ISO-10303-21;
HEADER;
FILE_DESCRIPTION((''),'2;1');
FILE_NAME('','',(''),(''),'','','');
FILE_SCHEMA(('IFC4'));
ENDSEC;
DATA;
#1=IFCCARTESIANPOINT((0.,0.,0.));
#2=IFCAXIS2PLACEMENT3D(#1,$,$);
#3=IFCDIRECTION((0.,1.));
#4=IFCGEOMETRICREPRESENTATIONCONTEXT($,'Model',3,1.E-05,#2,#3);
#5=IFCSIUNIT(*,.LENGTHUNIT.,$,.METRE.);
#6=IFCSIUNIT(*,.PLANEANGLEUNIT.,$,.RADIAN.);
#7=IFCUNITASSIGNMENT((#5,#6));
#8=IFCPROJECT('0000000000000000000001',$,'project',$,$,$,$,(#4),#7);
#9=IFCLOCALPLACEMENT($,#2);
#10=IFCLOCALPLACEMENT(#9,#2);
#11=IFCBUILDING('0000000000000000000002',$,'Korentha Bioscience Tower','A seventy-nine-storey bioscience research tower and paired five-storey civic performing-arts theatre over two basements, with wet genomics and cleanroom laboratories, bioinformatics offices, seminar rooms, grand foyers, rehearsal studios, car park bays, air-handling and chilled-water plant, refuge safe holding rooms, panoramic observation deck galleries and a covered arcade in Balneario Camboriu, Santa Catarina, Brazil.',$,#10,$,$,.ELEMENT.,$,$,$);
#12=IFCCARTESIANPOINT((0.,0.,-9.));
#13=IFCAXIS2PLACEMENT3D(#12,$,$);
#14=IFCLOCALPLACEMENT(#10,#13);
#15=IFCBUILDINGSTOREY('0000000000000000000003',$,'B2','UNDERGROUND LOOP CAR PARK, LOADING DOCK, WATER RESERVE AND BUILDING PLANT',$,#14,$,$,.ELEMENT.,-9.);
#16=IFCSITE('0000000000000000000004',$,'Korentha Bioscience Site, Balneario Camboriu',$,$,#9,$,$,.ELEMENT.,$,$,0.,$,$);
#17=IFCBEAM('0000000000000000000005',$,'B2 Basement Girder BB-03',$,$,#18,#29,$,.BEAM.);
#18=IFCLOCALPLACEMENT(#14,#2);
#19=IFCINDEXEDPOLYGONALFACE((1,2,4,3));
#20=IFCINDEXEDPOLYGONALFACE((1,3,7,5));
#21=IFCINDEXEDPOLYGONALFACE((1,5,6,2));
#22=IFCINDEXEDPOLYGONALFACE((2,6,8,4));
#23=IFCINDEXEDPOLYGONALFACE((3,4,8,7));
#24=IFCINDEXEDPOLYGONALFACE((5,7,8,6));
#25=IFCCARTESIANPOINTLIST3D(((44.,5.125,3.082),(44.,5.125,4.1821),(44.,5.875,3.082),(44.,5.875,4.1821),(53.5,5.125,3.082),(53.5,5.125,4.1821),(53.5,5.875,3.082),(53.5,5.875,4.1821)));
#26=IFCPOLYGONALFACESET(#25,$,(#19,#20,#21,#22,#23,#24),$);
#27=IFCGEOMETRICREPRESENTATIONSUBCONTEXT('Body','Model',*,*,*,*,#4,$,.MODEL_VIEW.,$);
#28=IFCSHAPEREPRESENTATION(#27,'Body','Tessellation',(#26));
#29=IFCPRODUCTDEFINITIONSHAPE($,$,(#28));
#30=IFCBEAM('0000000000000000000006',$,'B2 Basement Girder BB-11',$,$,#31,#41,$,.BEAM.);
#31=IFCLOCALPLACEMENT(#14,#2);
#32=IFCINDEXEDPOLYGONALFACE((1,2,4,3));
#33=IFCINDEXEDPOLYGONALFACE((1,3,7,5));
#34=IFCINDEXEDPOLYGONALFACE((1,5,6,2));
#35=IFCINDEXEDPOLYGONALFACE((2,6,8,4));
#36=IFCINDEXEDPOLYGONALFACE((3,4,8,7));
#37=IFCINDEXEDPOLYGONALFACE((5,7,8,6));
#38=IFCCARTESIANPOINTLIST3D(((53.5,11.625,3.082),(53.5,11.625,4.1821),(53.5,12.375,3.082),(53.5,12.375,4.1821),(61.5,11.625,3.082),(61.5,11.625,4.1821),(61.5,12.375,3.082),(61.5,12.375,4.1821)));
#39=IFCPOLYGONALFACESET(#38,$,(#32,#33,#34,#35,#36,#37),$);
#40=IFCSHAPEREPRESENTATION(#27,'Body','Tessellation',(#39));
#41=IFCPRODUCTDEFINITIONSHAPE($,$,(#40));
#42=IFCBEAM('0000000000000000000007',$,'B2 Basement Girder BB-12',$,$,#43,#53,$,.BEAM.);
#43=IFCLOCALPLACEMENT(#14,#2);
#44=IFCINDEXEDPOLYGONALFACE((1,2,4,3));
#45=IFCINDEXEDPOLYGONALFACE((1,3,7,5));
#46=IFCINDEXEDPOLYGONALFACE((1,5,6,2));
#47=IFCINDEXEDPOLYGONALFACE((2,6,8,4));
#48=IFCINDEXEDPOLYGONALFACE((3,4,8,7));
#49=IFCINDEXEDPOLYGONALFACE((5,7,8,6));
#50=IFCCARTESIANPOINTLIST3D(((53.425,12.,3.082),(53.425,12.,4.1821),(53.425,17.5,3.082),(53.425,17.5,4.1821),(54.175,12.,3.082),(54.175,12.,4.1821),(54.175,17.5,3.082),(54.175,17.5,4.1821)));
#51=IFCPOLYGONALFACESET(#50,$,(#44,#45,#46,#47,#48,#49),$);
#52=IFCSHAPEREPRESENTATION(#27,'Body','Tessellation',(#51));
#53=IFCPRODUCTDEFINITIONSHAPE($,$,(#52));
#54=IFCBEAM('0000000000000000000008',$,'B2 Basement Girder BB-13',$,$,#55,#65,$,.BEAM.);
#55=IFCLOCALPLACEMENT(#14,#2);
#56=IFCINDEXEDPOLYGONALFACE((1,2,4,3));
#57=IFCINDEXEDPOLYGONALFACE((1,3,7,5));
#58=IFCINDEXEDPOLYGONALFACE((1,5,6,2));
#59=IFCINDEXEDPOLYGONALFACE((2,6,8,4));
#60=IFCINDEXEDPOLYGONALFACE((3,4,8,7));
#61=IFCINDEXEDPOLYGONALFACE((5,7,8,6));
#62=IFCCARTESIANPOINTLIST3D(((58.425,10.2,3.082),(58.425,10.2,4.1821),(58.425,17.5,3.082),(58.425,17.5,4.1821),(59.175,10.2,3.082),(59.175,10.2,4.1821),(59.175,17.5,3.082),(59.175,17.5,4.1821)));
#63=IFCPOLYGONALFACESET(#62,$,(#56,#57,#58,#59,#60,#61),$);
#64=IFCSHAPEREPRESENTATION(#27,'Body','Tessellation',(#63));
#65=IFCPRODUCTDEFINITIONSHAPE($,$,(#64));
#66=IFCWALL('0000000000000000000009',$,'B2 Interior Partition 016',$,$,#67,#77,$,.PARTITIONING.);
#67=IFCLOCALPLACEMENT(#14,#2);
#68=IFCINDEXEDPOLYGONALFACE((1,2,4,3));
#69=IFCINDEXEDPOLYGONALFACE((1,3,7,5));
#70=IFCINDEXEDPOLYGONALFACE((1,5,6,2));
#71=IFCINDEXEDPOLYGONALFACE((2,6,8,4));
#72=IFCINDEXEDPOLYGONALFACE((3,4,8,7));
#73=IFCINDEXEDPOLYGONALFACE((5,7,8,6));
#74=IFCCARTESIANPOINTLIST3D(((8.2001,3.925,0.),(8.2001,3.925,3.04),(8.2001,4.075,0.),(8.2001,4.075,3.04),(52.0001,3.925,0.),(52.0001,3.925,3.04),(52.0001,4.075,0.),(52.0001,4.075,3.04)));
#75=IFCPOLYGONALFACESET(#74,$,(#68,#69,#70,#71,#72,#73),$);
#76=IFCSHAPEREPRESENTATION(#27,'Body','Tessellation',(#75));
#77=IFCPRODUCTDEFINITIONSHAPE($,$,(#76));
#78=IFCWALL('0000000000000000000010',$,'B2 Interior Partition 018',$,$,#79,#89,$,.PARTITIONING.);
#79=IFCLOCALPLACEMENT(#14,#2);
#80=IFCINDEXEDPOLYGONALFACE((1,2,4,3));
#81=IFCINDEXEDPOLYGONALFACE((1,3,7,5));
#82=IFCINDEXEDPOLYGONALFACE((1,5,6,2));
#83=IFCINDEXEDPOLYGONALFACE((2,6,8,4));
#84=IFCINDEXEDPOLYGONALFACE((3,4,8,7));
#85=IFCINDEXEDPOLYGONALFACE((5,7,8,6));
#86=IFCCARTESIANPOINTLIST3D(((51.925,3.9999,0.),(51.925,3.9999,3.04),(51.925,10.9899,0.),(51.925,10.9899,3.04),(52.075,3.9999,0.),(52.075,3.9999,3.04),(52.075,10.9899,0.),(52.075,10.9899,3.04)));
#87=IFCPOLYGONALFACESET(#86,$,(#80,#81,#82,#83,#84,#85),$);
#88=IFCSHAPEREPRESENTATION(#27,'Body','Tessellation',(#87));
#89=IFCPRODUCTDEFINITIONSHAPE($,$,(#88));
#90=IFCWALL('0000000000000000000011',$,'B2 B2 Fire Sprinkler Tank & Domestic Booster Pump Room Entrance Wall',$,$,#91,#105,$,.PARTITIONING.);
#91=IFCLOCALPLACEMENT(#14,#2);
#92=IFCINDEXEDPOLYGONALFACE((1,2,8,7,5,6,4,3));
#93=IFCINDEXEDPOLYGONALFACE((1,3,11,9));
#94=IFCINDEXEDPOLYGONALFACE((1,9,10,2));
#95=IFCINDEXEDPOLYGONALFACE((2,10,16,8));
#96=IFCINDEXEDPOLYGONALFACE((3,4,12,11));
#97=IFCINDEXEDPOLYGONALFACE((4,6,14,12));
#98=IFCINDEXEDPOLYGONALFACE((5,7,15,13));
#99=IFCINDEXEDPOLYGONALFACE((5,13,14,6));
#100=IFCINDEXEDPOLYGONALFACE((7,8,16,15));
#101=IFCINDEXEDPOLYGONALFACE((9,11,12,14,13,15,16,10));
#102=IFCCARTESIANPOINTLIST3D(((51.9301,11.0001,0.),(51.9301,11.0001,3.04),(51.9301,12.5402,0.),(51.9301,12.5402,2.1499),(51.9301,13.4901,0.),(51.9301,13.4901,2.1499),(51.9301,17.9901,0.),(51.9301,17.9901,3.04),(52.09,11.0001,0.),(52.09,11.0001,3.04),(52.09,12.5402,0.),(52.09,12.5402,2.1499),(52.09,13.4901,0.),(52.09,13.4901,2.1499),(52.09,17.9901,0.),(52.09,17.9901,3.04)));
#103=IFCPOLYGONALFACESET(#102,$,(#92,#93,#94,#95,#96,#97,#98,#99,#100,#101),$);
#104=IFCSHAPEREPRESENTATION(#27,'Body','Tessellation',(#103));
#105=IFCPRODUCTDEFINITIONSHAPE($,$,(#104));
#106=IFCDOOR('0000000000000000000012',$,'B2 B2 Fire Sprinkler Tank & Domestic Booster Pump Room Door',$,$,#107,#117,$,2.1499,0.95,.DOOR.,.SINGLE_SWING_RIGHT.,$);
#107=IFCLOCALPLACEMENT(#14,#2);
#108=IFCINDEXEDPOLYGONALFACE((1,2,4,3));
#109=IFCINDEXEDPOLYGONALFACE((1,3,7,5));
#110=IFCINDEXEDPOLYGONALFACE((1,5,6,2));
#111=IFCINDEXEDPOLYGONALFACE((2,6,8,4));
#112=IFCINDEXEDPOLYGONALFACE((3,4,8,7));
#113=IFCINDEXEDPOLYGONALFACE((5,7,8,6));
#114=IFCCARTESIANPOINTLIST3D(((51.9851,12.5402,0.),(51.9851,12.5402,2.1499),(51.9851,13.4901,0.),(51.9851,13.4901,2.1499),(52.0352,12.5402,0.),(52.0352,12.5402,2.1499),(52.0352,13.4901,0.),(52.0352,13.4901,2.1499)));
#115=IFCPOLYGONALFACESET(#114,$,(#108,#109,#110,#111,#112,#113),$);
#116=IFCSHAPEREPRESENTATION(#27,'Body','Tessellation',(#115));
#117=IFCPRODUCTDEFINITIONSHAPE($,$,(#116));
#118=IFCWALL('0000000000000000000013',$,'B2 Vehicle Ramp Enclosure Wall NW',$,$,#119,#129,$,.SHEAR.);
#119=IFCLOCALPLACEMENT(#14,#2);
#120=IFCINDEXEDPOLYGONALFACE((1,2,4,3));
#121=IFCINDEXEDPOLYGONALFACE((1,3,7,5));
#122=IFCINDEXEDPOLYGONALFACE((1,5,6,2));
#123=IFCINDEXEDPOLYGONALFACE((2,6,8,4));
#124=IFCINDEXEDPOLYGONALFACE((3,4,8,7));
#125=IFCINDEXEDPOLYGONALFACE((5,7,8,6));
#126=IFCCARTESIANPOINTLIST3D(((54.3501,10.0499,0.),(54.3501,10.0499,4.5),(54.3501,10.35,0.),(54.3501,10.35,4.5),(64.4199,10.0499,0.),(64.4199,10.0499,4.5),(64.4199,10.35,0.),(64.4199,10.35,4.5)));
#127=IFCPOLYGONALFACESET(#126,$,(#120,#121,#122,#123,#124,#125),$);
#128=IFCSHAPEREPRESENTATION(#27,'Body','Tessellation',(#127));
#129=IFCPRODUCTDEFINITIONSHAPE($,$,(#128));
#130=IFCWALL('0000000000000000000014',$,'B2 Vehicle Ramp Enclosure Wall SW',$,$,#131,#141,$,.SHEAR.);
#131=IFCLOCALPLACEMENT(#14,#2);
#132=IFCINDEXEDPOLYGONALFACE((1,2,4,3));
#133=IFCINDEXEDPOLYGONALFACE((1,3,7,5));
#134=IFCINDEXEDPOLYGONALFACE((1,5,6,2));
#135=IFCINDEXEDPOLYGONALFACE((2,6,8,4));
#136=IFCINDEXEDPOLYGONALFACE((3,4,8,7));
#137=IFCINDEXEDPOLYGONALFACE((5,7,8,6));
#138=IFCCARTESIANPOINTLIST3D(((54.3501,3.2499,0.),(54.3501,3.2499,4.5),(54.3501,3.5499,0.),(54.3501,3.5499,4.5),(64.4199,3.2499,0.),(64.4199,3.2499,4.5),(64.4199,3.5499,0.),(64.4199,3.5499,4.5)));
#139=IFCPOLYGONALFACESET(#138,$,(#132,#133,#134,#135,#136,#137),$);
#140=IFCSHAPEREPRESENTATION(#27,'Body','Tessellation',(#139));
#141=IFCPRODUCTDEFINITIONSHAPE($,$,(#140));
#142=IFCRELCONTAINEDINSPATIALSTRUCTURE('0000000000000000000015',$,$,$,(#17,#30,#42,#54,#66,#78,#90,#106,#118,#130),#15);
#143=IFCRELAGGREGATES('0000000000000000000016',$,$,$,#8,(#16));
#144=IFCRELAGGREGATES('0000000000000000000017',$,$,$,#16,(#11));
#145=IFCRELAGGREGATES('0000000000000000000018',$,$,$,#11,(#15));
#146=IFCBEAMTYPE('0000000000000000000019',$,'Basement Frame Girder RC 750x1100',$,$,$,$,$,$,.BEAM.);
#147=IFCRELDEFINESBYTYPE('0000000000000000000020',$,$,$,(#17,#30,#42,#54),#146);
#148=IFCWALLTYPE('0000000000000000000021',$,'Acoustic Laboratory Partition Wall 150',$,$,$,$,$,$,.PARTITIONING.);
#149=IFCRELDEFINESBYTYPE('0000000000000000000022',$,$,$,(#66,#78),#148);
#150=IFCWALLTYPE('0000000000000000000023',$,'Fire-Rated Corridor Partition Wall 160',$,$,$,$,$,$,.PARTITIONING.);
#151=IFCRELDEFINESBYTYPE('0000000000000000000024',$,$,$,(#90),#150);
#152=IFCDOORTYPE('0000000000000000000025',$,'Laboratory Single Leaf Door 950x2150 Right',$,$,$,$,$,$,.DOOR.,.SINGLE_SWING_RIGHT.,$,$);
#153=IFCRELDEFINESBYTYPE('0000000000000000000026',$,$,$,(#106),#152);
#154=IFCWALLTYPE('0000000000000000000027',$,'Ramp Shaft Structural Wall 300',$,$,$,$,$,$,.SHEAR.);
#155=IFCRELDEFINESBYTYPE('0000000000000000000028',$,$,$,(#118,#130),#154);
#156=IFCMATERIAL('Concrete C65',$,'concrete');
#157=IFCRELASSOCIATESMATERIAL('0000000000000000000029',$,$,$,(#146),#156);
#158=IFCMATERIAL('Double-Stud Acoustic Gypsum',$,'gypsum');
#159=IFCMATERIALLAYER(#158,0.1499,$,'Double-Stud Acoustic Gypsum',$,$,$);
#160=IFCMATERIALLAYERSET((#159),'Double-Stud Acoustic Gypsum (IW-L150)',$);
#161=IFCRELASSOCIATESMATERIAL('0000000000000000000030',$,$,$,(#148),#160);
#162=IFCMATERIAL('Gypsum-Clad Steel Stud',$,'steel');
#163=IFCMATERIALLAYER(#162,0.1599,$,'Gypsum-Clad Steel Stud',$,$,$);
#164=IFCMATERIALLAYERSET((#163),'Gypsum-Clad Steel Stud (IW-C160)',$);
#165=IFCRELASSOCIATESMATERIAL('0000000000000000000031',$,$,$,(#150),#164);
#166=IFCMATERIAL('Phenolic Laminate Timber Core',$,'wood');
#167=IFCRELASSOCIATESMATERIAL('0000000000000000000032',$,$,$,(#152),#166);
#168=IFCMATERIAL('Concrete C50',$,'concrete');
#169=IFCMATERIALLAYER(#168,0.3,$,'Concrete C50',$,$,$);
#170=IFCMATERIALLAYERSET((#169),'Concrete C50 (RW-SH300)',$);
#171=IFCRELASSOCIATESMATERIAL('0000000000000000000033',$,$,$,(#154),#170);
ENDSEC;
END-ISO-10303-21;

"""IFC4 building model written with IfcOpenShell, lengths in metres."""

from ifc_helpers import new_model, si_unit, direction, frame, frame_2d, origin, origin_2d, place, context, subcontext, project, spatial, rectangle, extrude, material, layer, layer_set, material_profile, profile_set, type_object, element, fill, save


model = new_model("IFC4")

# Units and contexts
model_context = context("Model", 3, precision=1e-05, world=origin(), true_north=direction((0.0, 1.0)))
body_context = subcontext(model_context, "Body", "Model", "MODEL_VIEW")
ifc_project = project(units=[si_unit("LENGTHUNIT", "METRE"), si_unit("PLANEANGLEUNIT", "RADIAN")], contexts=[model_context])

# Site, building, storey
site_placement = place(None, origin())
site = spatial("IfcSite", under=ifc_project, at=site_placement, Name="Korentha Bioscience Site, Balneario Camboriu", CompositionType="ELEMENT", RefElevation=0.0)
building_placement = place(site_placement, origin())
building = spatial("IfcBuilding", under=site, at=building_placement, Name="Korentha Bioscience Tower", Description="A seventy-nine-storey bioscience research tower and paired five-storey civic performing-arts theatre over two basements, with wet genomics and cleanroom laboratories, bioinformatics offices, seminar rooms, grand foyers, rehearsal studios, car park bays, air-handling and chilled-water plant, refuge safe holding rooms, panoramic observation deck galleries and a covered arcade in Balneario Camboriu, Santa Catarina, Brazil.", CompositionType="ELEMENT")
storey_placement = place(building_placement, frame((0.0, 0.0, -9.0)))
storey = spatial("IfcBuildingStorey", under=building, at=storey_placement, Name="B2", Description="UNDERGROUND LOOP CAR PARK, LOADING DOCK, WATER RESERVE AND BUILDING PLANT", CompositionType="ELEMENT", Elevation=-9.0)

# Shared definitions
ifc_material_1 = material(Name="Concrete C50", Category="concrete")

# Shared definitions
ifc_material_2 = material(Name="Concrete C65", Category="concrete")

# Beams
ifc_material_profile_1 = material_profile(ifc_material_2, rectangle(XDim=0.75, YDim=1.1001, at=origin_2d()), Name="Concrete C65")
ifc_profile_set_1 = profile_set([ifc_material_profile_1], Name="Concrete C65 (BB-750)")
beam_type = type_object("IfcBeamType", Name="Basement Frame Girder RC 750x1100", PredefinedType="BEAM", material=ifc_profile_set_1)
beam_1_placement = place(storey_placement, frame((44.0, 5.5, 3.6321), z_axis=(1.0, 0.0, 0.0), x_axis=(0.0, 1.0, 0.0)))
element("IfcBeam", 1, at=beam_1_placement, inside=storey, type_object=beam_type, Name="B2 Basement Girder BB-03", PredefinedType="BEAM", context=body_context, shape_type="SweptSolid", body=[
    extrude(rectangle(XDim=0.75, YDim=1.1001, at=origin_2d()), origin(), (0.0, 0.0, 1.0), 9.5),
])
beam_2_placement = place(storey_placement, frame((53.5, 12.0, 3.6321), z_axis=(1.0, 0.0, 0.0), x_axis=(0.0, 1.0, 0.0)))
element("IfcBeam", 2, at=beam_2_placement, inside=storey, type_object=beam_type, Name="B2 Basement Girder BB-11", PredefinedType="BEAM", context=body_context, shape_type="SweptSolid", body=[
    extrude(rectangle(XDim=0.75, YDim=1.1001, at=origin_2d()), origin(), (0.0, 0.0, 1.0), 8.0),
])
beam_3_placement = place(storey_placement, frame((53.8, 12.0, 3.6321), z_axis=(0.0, 1.0, 0.0), x_axis=(-1.0, 0.0, 0.0)))
element("IfcBeam", 3, at=beam_3_placement, inside=storey, type_object=beam_type, Name="B2 Basement Girder BB-12", PredefinedType="BEAM", context=body_context, shape_type="SweptSolid", body=[
    extrude(rectangle(XDim=0.75, YDim=1.1001, at=origin_2d()), origin(), (0.0, 0.0, 1.0), 5.5),
])
beam_4_placement = place(storey_placement, frame((58.8, 10.2, 3.6321), z_axis=(0.0, 1.0, 0.0), x_axis=(-1.0, 0.0, 0.0)))
element("IfcBeam", 4, at=beam_4_placement, inside=storey, type_object=beam_type, Name="B2 Basement Girder BB-13", PredefinedType="BEAM", context=body_context, shape_type="SweptSolid", body=[
    extrude(rectangle(XDim=0.75, YDim=1.1001, at=origin_2d()), origin(), (0.0, 0.0, 1.0), 7.3),
])

# Walls
ifc_material_3 = material(Name="Double-Stud Acoustic Gypsum", Category="gypsum")
ifc_layer_1 = layer(ifc_material_3, 0.1499, Name="Double-Stud Acoustic Gypsum")
ifc_layer_set_1 = layer_set([ifc_layer_1], Name="Double-Stud Acoustic Gypsum (IW-L150)")
wall_type_1 = type_object("IfcWallType", Name="Acoustic Laboratory Partition Wall 150", PredefinedType="PARTITIONING", material=ifc_layer_set_1)
wall_1_placement = place(storey_placement, frame((52.0, 4.0, 0.0), z_axis=(0.0, 0.0, 1.0), x_axis=(-1.0, 0.0, 0.0)))
element("IfcWall", 5, at=wall_1_placement, inside=storey, type_object=wall_type_1, Name="B2 Interior Partition 016", PredefinedType="PARTITIONING", context=body_context, shape_type="SweptSolid", body=[
    extrude(rectangle(XDim=43.8, YDim=0.1499, at=frame_2d((21.8999, 0.0))), origin(), (0.0, 0.0, 1.0), 3.04),
])
wall_2_placement = place(storey_placement, frame((52.0, 10.99, 0.0), z_axis=(0.0, 0.0, 1.0), x_axis=(0.0, -1.0, 0.0)))
element("IfcWall", 6, at=wall_2_placement, inside=storey, type_object=wall_type_1, Name="B2 Interior Partition 018", PredefinedType="PARTITIONING", context=body_context, shape_type="SweptSolid", body=[
    extrude(rectangle(XDim=6.99, YDim=0.1499, at=frame_2d((3.4951, 0.0))), origin(), (0.0, 0.0, 1.0), 3.04),
])

# Wall, opening, door
ifc_material_4 = material(Name="Gypsum-Clad Steel Stud", Category="steel")
ifc_layer_2 = layer(ifc_material_4, 0.1599, Name="Gypsum-Clad Steel Stud")
ifc_layer_set_2 = layer_set([ifc_layer_2], Name="Gypsum-Clad Steel Stud (IW-C160)")
wall_type_2 = type_object("IfcWallType", Name="Fire-Rated Corridor Partition Wall 160", PredefinedType="PARTITIONING", material=ifc_layer_set_2)
wall_3_placement = place(storey_placement, frame((52.01, 11.0, 0.0), z_axis=(0.0, 0.0, 1.0), x_axis=(0.0, 1.0, 0.0)))
wall_3 = element("IfcWall", 7, at=wall_3_placement, inside=storey, type_object=wall_type_2, Name="B2 B2 Fire Sprinkler Tank & Domestic Booster Pump Room Entrance Wall", PredefinedType="PARTITIONING", context=body_context, shape_type="SweptSolid", body=[
    extrude(rectangle(XDim=6.99, YDim=0.1599, at=frame_2d((3.4951, 0.0))), origin(), (0.0, 0.0, 1.0), 3.04),
])
opening_placement = place(wall_3_placement, frame((1.54, 0.0, 0.0)))
opening = element("IfcOpeningElement", 8, at=opening_placement, cuts=wall_3, PredefinedType="OPENING", context=body_context, shape_type="SweptSolid", body=[
    extrude(rectangle(XDim=0.95, YDim=2.1499, at=frame_2d((0.4751, 1.075))), frame((0.0, 0.0947, 0.0), z_axis=(0.0, -1.0, 0.0), x_axis=(1.0, 0.0, 0.0)), (0.0, 0.0, 1.0), 0.1897),
])
ifc_material_5 = material(Name="Phenolic Laminate Timber Core", Category="wood")
door_type = type_object("IfcDoorType", Name="Laboratory Single Leaf Door 950x2150 Right", OperationType="SINGLE_SWING_RIGHT", PredefinedType="DOOR", material=ifc_material_5)
door_placement = place(opening_placement, origin())
door = element("IfcDoor", 9, at=door_placement, inside=storey, type_object=door_type, Name="B2 B2 Fire Sprinkler Tank & Domestic Booster Pump Room Door", OperationType="SINGLE_SWING_RIGHT", OverallHeight=2.1499, OverallWidth=0.95, PredefinedType="DOOR", context=body_context, shape_type="SweptSolid", body=[
    extrude(rectangle(XDim=0.95, YDim=2.1499, at=frame_2d((0.4751, 1.075))), frame((0.0, 0.0249, 0.0), z_axis=(0.0, -1.0, 0.0), x_axis=(1.0, 0.0, 0.0)), (0.0, 0.0, 1.0), 0.05),
])
fill(opening, door)

# Walls
ifc_layer_3 = layer(ifc_material_1, 0.3, Name="Concrete C50")
ifc_layer_set_3 = layer_set([ifc_layer_3], Name="Concrete C50 (RW-SH300)")
wall_type_3 = type_object("IfcWallType", Name="Ramp Shaft Structural Wall 300", PredefinedType="SHEAR", material=ifc_layer_set_3)
for number, where, z_axis, x_axis, name in (
    (10, (54.3501, 10.2, 0.0), (0.0, 0.0, 1.0), (1.0, 0.0, 0.0), "B2 Vehicle Ramp Enclosure Wall NW"),
    (11, (54.3501, 3.3999, 0.0), (0.0, 0.0, 1.0), (1.0, 0.0, 0.0), "B2 Vehicle Ramp Enclosure Wall SW"),
):
    element("IfcWall", number, at=place(storey_placement, frame(where, z_axis=z_axis, x_axis=x_axis)), inside=storey, type_object=wall_type_3, Name=name, PredefinedType="SHEAR", context=body_context, shape_type="SweptSolid", body=[
        extrude(rectangle(XDim=10.0698, YDim=0.3, at=frame_2d((5.0349, 0.0))), origin(), (0.0, 0.0, 1.0), 4.5),
    ])

save(model, "model.ifc")
